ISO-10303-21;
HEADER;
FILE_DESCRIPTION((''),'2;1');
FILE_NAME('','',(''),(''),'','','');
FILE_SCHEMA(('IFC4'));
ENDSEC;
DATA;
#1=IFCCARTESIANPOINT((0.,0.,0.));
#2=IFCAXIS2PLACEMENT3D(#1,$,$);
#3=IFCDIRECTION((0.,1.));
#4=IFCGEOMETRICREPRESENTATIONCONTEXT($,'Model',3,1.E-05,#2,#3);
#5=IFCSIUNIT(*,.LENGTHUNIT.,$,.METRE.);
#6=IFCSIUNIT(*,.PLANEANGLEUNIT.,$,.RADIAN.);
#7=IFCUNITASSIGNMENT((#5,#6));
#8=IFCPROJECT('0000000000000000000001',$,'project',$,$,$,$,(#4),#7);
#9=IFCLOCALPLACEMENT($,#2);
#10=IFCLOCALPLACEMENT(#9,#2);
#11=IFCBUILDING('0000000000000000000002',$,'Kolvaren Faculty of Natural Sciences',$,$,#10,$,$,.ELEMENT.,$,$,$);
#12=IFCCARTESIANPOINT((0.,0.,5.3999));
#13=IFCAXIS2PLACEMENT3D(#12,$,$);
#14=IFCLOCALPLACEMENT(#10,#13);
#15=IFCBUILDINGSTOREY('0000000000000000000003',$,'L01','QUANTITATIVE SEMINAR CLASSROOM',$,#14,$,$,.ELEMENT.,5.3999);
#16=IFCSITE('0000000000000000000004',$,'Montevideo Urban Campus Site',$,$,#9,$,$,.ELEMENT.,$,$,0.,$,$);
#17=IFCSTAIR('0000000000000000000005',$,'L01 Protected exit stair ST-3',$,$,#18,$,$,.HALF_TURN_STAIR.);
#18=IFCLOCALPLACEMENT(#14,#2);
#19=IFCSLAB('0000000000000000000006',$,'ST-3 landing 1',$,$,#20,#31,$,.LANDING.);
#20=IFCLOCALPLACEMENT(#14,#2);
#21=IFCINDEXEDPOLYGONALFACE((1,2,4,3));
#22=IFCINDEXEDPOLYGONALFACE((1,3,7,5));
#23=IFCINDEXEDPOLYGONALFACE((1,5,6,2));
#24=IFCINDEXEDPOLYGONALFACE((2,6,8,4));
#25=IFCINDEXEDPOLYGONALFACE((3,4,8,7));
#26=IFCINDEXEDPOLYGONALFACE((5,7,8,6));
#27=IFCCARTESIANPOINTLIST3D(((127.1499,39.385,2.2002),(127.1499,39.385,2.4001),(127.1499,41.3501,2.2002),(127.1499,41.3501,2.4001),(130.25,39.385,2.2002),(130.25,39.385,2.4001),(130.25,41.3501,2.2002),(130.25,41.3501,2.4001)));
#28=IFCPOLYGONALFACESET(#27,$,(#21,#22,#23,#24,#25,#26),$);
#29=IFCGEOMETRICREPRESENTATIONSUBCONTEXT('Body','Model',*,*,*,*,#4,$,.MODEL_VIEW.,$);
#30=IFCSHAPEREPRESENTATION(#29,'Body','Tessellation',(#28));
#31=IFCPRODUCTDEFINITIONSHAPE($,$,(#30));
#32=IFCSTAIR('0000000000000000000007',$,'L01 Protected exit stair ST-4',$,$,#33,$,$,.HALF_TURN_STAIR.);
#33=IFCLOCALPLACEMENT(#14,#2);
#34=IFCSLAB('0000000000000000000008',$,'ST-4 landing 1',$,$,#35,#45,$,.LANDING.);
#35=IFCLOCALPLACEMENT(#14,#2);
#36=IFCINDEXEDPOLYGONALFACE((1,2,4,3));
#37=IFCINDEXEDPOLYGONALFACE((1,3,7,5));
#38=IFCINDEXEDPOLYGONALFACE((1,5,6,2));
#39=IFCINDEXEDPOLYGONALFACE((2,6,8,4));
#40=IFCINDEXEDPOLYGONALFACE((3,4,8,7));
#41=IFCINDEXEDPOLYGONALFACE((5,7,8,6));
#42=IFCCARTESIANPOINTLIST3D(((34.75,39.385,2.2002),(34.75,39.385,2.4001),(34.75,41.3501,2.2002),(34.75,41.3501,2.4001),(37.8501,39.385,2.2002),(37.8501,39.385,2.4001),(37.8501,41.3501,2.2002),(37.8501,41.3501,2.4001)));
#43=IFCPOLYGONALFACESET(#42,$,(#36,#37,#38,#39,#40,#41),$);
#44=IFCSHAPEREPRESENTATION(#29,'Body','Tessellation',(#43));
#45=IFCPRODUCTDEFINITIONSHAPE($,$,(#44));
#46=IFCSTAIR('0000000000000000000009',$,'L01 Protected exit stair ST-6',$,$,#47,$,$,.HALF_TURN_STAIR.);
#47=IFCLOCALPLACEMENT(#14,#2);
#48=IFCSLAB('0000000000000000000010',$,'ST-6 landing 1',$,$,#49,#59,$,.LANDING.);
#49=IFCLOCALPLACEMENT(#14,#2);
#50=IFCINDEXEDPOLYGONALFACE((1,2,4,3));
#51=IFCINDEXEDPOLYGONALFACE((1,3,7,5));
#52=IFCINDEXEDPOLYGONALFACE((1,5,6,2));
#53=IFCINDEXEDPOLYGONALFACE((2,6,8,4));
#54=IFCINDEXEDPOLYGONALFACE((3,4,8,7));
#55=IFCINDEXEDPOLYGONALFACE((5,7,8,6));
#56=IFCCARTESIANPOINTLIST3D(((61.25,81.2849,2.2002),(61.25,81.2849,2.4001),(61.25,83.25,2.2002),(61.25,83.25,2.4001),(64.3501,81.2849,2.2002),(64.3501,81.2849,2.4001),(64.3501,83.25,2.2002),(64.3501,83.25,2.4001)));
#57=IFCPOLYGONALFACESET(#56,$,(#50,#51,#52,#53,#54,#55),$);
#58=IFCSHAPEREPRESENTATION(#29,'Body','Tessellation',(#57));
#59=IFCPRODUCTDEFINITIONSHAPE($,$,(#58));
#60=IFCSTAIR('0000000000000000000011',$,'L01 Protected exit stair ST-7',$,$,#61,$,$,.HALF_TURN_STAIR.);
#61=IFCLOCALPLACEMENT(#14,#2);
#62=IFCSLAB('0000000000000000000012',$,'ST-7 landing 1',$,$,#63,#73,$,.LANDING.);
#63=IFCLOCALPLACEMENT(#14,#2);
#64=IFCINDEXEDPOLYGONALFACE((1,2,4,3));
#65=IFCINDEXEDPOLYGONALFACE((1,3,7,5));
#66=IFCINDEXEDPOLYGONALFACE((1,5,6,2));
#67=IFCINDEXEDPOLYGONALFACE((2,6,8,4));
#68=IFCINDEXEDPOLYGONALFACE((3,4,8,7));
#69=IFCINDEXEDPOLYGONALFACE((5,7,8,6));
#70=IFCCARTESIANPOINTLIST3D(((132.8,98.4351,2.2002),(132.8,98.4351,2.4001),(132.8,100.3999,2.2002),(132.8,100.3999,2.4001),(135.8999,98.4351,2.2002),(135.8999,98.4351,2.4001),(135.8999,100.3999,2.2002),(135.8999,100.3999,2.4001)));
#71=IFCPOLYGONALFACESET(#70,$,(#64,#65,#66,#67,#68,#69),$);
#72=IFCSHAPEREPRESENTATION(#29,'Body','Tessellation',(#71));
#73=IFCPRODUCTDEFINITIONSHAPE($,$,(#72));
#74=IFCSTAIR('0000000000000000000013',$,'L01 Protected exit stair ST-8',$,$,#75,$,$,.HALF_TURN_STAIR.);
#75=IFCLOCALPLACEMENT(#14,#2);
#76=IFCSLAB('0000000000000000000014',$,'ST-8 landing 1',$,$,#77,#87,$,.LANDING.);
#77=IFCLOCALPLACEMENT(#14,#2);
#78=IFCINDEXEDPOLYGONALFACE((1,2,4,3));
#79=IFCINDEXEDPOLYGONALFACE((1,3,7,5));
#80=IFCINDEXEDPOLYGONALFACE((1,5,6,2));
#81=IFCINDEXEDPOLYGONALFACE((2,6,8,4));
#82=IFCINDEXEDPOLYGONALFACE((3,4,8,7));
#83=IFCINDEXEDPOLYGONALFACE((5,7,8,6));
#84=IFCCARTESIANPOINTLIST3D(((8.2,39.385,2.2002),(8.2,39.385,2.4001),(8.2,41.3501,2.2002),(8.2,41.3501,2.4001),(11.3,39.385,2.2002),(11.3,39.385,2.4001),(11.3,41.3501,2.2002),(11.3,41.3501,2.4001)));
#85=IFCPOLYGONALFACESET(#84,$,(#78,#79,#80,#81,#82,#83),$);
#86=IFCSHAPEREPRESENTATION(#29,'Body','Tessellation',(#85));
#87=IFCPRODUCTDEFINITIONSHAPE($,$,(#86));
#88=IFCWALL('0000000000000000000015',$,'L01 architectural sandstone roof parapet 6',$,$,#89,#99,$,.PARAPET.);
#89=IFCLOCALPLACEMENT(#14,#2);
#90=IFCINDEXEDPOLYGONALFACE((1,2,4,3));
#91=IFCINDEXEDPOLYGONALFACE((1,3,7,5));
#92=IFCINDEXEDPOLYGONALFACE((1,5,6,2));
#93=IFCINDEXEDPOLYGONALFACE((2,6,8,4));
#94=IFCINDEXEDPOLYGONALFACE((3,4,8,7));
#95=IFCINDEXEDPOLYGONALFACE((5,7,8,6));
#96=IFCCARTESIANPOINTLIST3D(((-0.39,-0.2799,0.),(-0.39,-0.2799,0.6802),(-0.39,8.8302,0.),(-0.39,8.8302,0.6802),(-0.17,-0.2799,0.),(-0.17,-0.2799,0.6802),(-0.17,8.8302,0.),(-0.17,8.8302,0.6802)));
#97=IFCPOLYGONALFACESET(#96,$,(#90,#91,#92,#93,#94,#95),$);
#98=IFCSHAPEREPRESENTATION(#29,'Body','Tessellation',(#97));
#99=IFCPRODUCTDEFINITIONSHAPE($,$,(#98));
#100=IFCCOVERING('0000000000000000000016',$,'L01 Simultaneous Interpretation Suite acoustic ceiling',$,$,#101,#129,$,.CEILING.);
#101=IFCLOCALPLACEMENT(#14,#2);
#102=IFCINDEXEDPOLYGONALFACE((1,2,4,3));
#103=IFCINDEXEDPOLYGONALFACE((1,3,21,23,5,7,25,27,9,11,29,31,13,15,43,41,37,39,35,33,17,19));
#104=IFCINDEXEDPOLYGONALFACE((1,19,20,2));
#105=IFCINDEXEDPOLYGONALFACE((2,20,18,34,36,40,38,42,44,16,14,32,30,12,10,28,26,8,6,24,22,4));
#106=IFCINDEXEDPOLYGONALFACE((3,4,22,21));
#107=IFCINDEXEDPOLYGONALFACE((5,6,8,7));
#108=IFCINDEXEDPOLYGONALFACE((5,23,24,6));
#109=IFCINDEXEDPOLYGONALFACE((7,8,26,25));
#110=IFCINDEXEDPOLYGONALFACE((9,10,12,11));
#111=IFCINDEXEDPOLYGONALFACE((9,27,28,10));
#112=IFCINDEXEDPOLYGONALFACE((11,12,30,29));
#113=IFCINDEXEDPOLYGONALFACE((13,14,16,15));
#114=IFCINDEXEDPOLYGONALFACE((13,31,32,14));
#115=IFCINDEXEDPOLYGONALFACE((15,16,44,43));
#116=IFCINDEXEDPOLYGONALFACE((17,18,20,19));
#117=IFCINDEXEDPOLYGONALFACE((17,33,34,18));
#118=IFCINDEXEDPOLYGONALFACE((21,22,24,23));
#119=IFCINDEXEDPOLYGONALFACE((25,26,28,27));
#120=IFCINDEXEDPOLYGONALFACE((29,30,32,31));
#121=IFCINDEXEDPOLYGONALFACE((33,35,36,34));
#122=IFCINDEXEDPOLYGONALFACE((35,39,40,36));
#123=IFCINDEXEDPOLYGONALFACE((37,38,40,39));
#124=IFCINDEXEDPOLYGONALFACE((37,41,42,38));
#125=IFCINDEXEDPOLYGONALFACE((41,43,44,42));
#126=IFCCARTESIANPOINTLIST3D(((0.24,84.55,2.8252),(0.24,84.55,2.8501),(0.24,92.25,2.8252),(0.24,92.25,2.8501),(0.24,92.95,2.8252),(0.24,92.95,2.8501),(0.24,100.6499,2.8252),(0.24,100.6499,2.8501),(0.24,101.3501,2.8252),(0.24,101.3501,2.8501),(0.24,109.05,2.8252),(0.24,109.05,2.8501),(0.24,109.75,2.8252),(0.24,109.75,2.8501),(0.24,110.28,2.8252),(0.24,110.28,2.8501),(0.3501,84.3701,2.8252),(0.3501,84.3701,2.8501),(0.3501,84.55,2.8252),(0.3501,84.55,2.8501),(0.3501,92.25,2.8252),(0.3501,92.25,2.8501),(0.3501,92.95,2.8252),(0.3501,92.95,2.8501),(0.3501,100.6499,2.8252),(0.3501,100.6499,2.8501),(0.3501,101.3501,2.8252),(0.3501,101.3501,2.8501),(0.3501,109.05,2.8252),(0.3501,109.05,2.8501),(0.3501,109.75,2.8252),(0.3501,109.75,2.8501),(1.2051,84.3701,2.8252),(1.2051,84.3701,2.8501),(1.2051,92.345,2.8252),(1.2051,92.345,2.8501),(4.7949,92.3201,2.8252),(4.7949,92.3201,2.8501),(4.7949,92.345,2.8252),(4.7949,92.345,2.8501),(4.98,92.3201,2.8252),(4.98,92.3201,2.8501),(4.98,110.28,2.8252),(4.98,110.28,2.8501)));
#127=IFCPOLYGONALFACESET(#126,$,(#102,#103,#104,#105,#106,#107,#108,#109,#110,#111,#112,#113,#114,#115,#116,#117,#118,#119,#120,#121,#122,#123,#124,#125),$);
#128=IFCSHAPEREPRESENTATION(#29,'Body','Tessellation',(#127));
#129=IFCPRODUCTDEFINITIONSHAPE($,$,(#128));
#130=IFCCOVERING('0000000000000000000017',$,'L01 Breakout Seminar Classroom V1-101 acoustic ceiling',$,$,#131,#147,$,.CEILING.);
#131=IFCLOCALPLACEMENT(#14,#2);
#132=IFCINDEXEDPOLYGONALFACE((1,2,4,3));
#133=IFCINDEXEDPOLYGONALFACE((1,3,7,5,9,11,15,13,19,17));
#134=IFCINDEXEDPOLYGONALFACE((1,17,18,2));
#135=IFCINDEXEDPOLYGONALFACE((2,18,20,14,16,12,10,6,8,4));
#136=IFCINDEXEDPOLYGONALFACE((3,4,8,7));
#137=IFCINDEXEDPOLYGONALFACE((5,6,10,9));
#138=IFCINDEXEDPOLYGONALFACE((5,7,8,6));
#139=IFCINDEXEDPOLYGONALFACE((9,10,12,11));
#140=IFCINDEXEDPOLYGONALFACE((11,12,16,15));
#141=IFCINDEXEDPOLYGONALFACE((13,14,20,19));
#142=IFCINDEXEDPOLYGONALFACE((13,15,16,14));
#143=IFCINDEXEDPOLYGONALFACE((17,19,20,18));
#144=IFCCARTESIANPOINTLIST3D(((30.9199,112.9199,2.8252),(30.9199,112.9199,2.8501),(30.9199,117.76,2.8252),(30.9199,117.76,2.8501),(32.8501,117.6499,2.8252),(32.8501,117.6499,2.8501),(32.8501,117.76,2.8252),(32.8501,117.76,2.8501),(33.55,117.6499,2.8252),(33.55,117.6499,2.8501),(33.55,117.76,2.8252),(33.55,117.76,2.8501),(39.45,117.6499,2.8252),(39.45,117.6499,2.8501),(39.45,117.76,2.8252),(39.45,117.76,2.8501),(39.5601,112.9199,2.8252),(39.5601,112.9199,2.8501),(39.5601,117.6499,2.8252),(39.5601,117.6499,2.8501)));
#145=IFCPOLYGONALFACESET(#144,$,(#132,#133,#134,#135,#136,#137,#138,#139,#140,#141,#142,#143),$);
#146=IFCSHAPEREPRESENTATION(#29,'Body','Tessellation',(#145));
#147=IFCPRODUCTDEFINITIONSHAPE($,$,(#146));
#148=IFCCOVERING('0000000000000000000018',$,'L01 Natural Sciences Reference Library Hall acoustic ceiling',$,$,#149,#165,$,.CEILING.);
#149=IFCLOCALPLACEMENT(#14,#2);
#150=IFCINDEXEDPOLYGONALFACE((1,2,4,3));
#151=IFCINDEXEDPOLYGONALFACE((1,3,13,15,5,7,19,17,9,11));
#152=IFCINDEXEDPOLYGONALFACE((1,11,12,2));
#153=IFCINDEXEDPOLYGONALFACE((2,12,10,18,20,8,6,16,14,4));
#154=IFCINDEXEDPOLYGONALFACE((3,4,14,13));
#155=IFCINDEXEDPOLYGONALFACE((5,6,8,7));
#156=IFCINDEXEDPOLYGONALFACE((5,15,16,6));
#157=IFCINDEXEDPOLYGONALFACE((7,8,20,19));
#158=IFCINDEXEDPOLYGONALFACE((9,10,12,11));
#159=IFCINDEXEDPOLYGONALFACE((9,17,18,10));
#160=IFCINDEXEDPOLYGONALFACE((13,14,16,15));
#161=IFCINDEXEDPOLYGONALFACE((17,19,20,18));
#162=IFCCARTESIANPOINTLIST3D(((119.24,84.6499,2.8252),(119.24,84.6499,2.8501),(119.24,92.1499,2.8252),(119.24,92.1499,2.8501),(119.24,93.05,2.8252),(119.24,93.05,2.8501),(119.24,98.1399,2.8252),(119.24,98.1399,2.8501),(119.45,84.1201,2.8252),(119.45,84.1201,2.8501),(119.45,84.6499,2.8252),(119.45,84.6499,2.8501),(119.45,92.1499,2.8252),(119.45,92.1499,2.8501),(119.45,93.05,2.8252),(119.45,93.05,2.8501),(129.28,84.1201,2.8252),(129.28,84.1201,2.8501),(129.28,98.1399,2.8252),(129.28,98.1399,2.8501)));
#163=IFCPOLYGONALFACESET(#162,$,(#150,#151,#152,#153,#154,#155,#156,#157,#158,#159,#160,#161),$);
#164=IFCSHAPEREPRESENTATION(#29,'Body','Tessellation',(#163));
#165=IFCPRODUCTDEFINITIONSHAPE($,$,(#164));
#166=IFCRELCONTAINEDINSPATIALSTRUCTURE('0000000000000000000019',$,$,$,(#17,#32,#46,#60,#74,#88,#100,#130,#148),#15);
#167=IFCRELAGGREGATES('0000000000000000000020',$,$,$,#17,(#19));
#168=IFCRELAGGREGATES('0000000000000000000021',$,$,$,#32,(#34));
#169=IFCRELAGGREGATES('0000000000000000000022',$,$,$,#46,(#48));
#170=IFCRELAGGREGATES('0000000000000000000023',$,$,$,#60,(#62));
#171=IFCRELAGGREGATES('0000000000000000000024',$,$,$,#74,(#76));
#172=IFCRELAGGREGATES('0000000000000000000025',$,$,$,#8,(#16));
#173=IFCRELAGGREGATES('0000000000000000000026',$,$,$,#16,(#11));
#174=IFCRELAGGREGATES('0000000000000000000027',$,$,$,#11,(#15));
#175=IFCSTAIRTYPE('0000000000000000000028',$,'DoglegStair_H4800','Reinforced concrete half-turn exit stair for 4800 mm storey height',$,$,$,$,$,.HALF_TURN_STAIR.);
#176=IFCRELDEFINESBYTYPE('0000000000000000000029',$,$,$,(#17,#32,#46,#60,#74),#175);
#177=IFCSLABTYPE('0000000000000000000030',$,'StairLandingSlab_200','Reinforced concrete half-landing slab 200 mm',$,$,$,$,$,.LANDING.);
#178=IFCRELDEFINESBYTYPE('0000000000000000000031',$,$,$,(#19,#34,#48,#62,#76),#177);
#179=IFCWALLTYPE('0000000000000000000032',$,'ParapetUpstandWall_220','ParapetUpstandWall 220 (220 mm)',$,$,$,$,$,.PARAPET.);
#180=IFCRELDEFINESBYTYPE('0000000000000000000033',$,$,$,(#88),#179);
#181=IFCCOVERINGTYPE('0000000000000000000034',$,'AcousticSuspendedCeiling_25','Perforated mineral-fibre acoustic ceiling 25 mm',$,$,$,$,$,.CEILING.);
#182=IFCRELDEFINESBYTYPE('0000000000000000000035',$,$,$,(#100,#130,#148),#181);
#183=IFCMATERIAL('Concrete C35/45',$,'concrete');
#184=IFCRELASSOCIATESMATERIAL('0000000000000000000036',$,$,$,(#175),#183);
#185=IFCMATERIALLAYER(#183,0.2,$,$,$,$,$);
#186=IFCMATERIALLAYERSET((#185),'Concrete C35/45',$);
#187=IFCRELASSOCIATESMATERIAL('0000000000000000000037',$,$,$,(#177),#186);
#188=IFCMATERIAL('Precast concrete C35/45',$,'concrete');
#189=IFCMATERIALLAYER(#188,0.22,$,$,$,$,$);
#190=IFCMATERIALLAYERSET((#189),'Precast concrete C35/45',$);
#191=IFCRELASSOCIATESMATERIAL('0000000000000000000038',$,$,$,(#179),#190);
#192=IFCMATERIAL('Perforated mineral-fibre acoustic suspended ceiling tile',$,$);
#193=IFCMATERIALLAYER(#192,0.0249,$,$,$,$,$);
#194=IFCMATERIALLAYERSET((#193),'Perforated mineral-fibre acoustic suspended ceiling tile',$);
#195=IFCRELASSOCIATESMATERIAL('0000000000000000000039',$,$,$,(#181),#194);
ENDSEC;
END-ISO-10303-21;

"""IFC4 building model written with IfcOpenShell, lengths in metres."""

from ifc_helpers import new_model, si_unit, direction, frame, frame_2d, origin, place, context, subcontext, project, spatial, polyline, rectangle, outline, extrude, material, layer, layer_set, type_object, element, aggregate, save


model = new_model("IFC4")

# Units and contexts
model_context = context("Model", 3, precision=1e-05, world=origin(), true_north=direction((0.0, 1.0)))
body_context = subcontext(model_context, "Body", "Model", "MODEL_VIEW")
ifc_project = project(units=[si_unit("LENGTHUNIT", "METRE"), si_unit("PLANEANGLEUNIT", "RADIAN")], contexts=[model_context])

# Site, building, storey
site_placement = place(None, origin())
site = spatial("IfcSite", under=ifc_project, at=site_placement, Name="Montevideo Urban Campus Site", CompositionType="ELEMENT", RefElevation=0.0)
building_placement = place(site_placement, origin())
building = spatial("IfcBuilding", under=site, at=building_placement, Name="Kolvaren Faculty of Natural Sciences", CompositionType="ELEMENT")
storey_placement = place(building_placement, frame((0.0, 0.0, 5.3999)))
storey = spatial("IfcBuildingStorey", under=building, at=storey_placement, Name="L01", Description="QUANTITATIVE SEMINAR CLASSROOM", CompositionType="ELEMENT", Elevation=5.3999)

# Shared definitions
ifc_material_1 = material(Name="Concrete C35/45", Category="concrete")

# Stairs, slabs
stair_type = type_object("IfcStairType", Name="DoglegStair_H4800", Description="Reinforced concrete half-turn exit stair for 4800 mm storey height", PredefinedType="HALF_TURN_STAIR", material=ifc_material_1)
ifc_layer_1 = layer(ifc_material_1, 0.2)
ifc_layer_set_1 = layer_set([ifc_layer_1], Name="Concrete C35/45")
slab_type_1 = type_object("IfcSlabType", Name="StairLandingSlab_200", Description="Reinforced concrete half-landing slab 200 mm", PredefinedType="LANDING", material=ifc_layer_set_1)
stair_1_placement = place(storey_placement, origin())
stair_1 = element("IfcStair", 1, at=stair_1_placement, inside=storey, type_object=stair_type, Name="L01 Protected exit stair ST-3", PredefinedType="HALF_TURN_STAIR")
slab_1_placement = place(storey_placement, frame((0.0, 0.0, 2.2002)))
slab_1 = element("IfcSlab", 2, at=slab_1_placement, type_object=slab_type_1, Name="ST-3 landing 1", PredefinedType="LANDING", context=body_context, shape_type="SweptSolid", body=[
    extrude(outline(polyline([(130.25, 39.385), (130.25, 41.3501), (127.1499, 41.3501), (127.1499, 39.385), (130.25, 39.385)])), origin(), (0.0, 0.0, 1.0), 0.2),
])
aggregate(stair_1, [slab_1])
stair_2_placement = place(storey_placement, origin())
stair_2 = element("IfcStair", 3, at=stair_2_placement, inside=storey, type_object=stair_type, Name="L01 Protected exit stair ST-4", PredefinedType="HALF_TURN_STAIR")
slab_2_placement = place(storey_placement, frame((0.0, 0.0, 2.2002)))
slab_2 = element("IfcSlab", 4, at=slab_2_placement, type_object=slab_type_1, Name="ST-4 landing 1", PredefinedType="LANDING", context=body_context, shape_type="SweptSolid", body=[
    extrude(outline(polyline([(37.8501, 39.385), (37.8501, 41.3501), (34.75, 41.3501), (34.75, 39.385), (37.8501, 39.385)])), origin(), (0.0, 0.0, 1.0), 0.2),
])
aggregate(stair_2, [slab_2])
stair_3_placement = place(storey_placement, origin())
stair_3 = element("IfcStair", 5, at=stair_3_placement, inside=storey, type_object=stair_type, Name="L01 Protected exit stair ST-6", PredefinedType="HALF_TURN_STAIR")
slab_3_placement = place(storey_placement, frame((0.0, 0.0, 2.2002)))
slab_3 = element("IfcSlab", 6, at=slab_3_placement, type_object=slab_type_1, Name="ST-6 landing 1", PredefinedType="LANDING", context=body_context, shape_type="SweptSolid", body=[
    extrude(outline(polyline([(64.3501, 81.2849), (64.3501, 83.25), (61.25, 83.25), (61.25, 81.2849), (64.3501, 81.2849)])), origin(), (0.0, 0.0, 1.0), 0.2),
])
aggregate(stair_3, [slab_3])
stair_4_placement = place(storey_placement, origin())
stair_4 = element("IfcStair", 7, at=stair_4_placement, inside=storey, type_object=stair_type, Name="L01 Protected exit stair ST-7", PredefinedType="HALF_TURN_STAIR")
slab_4_placement = place(storey_placement, frame((0.0, 0.0, 2.2002)))
slab_4 = element("IfcSlab", 8, at=slab_4_placement, type_object=slab_type_1, Name="ST-7 landing 1", PredefinedType="LANDING", context=body_context, shape_type="SweptSolid", body=[
    extrude(outline(polyline([(135.8999, 98.4351), (135.8999, 100.3999), (132.8, 100.3999), (132.8, 98.4351), (135.8999, 98.4351)])), origin(), (0.0, 0.0, 1.0), 0.2),
])
aggregate(stair_4, [slab_4])
stair_5_placement = place(storey_placement, origin())
stair_5 = element("IfcStair", 9, at=stair_5_placement, inside=storey, type_object=stair_type, Name="L01 Protected exit stair ST-8", PredefinedType="HALF_TURN_STAIR")
slab_5_placement = place(storey_placement, frame((0.0, 0.0, 2.2002)))
slab_5 = element("IfcSlab", 10, at=slab_5_placement, type_object=slab_type_1, Name="ST-8 landing 1", PredefinedType="LANDING", context=body_context, shape_type="SweptSolid", body=[
    extrude(outline(polyline([(11.3, 39.385), (11.3, 41.3501), (8.2, 41.3501), (8.2, 39.385), (11.3, 39.385)])), origin(), (0.0, 0.0, 1.0), 0.2),
])
aggregate(stair_5, [slab_5])

# Wall
ifc_material_2 = material(Name="Precast concrete C35/45", Category="concrete")
ifc_layer_2 = layer(ifc_material_2, 0.22)
ifc_layer_set_2 = layer_set([ifc_layer_2], Name="Precast concrete C35/45")
wall_type = type_object("IfcWallType", Name="ParapetUpstandWall_220", Description="ParapetUpstandWall 220 (220 mm)", PredefinedType="PARAPET", material=ifc_layer_set_2)
wall_placement = place(storey_placement, frame((-0.28, -0.28, 0.0), z_axis=(0.0, 0.0, 1.0), x_axis=(0.0, 1.0, 0.0)))
element("IfcWall", 11, at=wall_placement, inside=storey, type_object=wall_type, Name="L01 architectural sandstone roof parapet 6", PredefinedType="PARAPET", context=body_context, shape_type="SweptSolid", body=[
    extrude(rectangle(XDim=9.1101, YDim=0.22, at=frame_2d((4.5552, 0.0))), origin(), (0.0, 0.0, 1.0), 0.6802),
])

# Coverings
ifc_material_3 = material(Name="Perforated mineral-fibre acoustic suspended ceiling tile")
ifc_layer_3 = layer(ifc_material_3, 0.0249)
ifc_layer_set_3 = layer_set([ifc_layer_3], Name="Perforated mineral-fibre acoustic suspended ceiling tile")
covering_type_1 = type_object("IfcCoveringType", Name="AcousticSuspendedCeiling_25", Description="Perforated mineral-fibre acoustic ceiling 25 mm", PredefinedType="CEILING", material=ifc_layer_set_3)
covering_1_placement = place(storey_placement, frame((0.0, 0.0, 2.8252)))
element("IfcCovering", 12, at=covering_1_placement, inside=storey, type_object=covering_type_1, Name="L01 Simultaneous Interpretation Suite acoustic ceiling", PredefinedType="CEILING", context=body_context, shape_type="SweptSolid", body=[
    extrude(outline(polyline([(0.24, 92.25), (0.3501, 92.25), (0.3501, 92.95), (0.24, 92.95), (0.24, 100.6499), (0.3501, 100.6499), (0.3501, 101.3501), (0.24, 101.3501), (0.24, 109.05), (0.3501, 109.05), (0.3501, 109.75), (0.24, 109.75), (0.24, 110.28), (4.98, 110.28), (4.98, 92.3201), (4.7949, 92.3201), (4.7949, 92.345), (1.2051, 92.345), (1.2051, 84.3701), (0.3501, 84.3701), (0.3501, 84.55), (0.24, 84.55), (0.24, 92.25)])), origin(), (0.0, 0.0, 1.0), 0.0249),
])
covering_2_placement = place(storey_placement, frame((0.0, 0.0, 2.8252)))
element("IfcCovering", 13, at=covering_2_placement, inside=storey, type_object=covering_type_1, Name="L01 Breakout Seminar Classroom V1-101 acoustic ceiling", PredefinedType="CEILING", context=body_context, shape_type="SweptSolid", body=[
    extrude(outline(polyline([(39.5601, 112.9199), (30.9199, 112.9199), (30.9199, 117.76), (32.8501, 117.76), (32.8501, 117.6499), (33.55, 117.6499), (33.55, 117.76), (39.45, 117.76), (39.45, 117.6499), (39.5601, 117.6499), (39.5601, 112.9199)])), origin(), (0.0, 0.0, 1.0), 0.0249),
])
covering_3_placement = place(storey_placement, frame((0.0, 0.0, 2.8252)))
element("IfcCovering", 14, at=covering_3_placement, inside=storey, type_object=covering_type_1, Name="L01 Natural Sciences Reference Library Hall acoustic ceiling", PredefinedType="CEILING", context=body_context, shape_type="SweptSolid", body=[
    extrude(outline(polyline([(119.24, 92.1499), (119.45, 92.1499), (119.45, 93.05), (119.24, 93.05), (119.24, 98.1399), (129.28, 98.1399), (129.28, 84.1201), (119.45, 84.1201), (119.45, 84.6499), (119.24, 84.6499), (119.24, 92.1499)])), origin(), (0.0, 0.0, 1.0), 0.0249),
])

save(model, "model.ifc")
